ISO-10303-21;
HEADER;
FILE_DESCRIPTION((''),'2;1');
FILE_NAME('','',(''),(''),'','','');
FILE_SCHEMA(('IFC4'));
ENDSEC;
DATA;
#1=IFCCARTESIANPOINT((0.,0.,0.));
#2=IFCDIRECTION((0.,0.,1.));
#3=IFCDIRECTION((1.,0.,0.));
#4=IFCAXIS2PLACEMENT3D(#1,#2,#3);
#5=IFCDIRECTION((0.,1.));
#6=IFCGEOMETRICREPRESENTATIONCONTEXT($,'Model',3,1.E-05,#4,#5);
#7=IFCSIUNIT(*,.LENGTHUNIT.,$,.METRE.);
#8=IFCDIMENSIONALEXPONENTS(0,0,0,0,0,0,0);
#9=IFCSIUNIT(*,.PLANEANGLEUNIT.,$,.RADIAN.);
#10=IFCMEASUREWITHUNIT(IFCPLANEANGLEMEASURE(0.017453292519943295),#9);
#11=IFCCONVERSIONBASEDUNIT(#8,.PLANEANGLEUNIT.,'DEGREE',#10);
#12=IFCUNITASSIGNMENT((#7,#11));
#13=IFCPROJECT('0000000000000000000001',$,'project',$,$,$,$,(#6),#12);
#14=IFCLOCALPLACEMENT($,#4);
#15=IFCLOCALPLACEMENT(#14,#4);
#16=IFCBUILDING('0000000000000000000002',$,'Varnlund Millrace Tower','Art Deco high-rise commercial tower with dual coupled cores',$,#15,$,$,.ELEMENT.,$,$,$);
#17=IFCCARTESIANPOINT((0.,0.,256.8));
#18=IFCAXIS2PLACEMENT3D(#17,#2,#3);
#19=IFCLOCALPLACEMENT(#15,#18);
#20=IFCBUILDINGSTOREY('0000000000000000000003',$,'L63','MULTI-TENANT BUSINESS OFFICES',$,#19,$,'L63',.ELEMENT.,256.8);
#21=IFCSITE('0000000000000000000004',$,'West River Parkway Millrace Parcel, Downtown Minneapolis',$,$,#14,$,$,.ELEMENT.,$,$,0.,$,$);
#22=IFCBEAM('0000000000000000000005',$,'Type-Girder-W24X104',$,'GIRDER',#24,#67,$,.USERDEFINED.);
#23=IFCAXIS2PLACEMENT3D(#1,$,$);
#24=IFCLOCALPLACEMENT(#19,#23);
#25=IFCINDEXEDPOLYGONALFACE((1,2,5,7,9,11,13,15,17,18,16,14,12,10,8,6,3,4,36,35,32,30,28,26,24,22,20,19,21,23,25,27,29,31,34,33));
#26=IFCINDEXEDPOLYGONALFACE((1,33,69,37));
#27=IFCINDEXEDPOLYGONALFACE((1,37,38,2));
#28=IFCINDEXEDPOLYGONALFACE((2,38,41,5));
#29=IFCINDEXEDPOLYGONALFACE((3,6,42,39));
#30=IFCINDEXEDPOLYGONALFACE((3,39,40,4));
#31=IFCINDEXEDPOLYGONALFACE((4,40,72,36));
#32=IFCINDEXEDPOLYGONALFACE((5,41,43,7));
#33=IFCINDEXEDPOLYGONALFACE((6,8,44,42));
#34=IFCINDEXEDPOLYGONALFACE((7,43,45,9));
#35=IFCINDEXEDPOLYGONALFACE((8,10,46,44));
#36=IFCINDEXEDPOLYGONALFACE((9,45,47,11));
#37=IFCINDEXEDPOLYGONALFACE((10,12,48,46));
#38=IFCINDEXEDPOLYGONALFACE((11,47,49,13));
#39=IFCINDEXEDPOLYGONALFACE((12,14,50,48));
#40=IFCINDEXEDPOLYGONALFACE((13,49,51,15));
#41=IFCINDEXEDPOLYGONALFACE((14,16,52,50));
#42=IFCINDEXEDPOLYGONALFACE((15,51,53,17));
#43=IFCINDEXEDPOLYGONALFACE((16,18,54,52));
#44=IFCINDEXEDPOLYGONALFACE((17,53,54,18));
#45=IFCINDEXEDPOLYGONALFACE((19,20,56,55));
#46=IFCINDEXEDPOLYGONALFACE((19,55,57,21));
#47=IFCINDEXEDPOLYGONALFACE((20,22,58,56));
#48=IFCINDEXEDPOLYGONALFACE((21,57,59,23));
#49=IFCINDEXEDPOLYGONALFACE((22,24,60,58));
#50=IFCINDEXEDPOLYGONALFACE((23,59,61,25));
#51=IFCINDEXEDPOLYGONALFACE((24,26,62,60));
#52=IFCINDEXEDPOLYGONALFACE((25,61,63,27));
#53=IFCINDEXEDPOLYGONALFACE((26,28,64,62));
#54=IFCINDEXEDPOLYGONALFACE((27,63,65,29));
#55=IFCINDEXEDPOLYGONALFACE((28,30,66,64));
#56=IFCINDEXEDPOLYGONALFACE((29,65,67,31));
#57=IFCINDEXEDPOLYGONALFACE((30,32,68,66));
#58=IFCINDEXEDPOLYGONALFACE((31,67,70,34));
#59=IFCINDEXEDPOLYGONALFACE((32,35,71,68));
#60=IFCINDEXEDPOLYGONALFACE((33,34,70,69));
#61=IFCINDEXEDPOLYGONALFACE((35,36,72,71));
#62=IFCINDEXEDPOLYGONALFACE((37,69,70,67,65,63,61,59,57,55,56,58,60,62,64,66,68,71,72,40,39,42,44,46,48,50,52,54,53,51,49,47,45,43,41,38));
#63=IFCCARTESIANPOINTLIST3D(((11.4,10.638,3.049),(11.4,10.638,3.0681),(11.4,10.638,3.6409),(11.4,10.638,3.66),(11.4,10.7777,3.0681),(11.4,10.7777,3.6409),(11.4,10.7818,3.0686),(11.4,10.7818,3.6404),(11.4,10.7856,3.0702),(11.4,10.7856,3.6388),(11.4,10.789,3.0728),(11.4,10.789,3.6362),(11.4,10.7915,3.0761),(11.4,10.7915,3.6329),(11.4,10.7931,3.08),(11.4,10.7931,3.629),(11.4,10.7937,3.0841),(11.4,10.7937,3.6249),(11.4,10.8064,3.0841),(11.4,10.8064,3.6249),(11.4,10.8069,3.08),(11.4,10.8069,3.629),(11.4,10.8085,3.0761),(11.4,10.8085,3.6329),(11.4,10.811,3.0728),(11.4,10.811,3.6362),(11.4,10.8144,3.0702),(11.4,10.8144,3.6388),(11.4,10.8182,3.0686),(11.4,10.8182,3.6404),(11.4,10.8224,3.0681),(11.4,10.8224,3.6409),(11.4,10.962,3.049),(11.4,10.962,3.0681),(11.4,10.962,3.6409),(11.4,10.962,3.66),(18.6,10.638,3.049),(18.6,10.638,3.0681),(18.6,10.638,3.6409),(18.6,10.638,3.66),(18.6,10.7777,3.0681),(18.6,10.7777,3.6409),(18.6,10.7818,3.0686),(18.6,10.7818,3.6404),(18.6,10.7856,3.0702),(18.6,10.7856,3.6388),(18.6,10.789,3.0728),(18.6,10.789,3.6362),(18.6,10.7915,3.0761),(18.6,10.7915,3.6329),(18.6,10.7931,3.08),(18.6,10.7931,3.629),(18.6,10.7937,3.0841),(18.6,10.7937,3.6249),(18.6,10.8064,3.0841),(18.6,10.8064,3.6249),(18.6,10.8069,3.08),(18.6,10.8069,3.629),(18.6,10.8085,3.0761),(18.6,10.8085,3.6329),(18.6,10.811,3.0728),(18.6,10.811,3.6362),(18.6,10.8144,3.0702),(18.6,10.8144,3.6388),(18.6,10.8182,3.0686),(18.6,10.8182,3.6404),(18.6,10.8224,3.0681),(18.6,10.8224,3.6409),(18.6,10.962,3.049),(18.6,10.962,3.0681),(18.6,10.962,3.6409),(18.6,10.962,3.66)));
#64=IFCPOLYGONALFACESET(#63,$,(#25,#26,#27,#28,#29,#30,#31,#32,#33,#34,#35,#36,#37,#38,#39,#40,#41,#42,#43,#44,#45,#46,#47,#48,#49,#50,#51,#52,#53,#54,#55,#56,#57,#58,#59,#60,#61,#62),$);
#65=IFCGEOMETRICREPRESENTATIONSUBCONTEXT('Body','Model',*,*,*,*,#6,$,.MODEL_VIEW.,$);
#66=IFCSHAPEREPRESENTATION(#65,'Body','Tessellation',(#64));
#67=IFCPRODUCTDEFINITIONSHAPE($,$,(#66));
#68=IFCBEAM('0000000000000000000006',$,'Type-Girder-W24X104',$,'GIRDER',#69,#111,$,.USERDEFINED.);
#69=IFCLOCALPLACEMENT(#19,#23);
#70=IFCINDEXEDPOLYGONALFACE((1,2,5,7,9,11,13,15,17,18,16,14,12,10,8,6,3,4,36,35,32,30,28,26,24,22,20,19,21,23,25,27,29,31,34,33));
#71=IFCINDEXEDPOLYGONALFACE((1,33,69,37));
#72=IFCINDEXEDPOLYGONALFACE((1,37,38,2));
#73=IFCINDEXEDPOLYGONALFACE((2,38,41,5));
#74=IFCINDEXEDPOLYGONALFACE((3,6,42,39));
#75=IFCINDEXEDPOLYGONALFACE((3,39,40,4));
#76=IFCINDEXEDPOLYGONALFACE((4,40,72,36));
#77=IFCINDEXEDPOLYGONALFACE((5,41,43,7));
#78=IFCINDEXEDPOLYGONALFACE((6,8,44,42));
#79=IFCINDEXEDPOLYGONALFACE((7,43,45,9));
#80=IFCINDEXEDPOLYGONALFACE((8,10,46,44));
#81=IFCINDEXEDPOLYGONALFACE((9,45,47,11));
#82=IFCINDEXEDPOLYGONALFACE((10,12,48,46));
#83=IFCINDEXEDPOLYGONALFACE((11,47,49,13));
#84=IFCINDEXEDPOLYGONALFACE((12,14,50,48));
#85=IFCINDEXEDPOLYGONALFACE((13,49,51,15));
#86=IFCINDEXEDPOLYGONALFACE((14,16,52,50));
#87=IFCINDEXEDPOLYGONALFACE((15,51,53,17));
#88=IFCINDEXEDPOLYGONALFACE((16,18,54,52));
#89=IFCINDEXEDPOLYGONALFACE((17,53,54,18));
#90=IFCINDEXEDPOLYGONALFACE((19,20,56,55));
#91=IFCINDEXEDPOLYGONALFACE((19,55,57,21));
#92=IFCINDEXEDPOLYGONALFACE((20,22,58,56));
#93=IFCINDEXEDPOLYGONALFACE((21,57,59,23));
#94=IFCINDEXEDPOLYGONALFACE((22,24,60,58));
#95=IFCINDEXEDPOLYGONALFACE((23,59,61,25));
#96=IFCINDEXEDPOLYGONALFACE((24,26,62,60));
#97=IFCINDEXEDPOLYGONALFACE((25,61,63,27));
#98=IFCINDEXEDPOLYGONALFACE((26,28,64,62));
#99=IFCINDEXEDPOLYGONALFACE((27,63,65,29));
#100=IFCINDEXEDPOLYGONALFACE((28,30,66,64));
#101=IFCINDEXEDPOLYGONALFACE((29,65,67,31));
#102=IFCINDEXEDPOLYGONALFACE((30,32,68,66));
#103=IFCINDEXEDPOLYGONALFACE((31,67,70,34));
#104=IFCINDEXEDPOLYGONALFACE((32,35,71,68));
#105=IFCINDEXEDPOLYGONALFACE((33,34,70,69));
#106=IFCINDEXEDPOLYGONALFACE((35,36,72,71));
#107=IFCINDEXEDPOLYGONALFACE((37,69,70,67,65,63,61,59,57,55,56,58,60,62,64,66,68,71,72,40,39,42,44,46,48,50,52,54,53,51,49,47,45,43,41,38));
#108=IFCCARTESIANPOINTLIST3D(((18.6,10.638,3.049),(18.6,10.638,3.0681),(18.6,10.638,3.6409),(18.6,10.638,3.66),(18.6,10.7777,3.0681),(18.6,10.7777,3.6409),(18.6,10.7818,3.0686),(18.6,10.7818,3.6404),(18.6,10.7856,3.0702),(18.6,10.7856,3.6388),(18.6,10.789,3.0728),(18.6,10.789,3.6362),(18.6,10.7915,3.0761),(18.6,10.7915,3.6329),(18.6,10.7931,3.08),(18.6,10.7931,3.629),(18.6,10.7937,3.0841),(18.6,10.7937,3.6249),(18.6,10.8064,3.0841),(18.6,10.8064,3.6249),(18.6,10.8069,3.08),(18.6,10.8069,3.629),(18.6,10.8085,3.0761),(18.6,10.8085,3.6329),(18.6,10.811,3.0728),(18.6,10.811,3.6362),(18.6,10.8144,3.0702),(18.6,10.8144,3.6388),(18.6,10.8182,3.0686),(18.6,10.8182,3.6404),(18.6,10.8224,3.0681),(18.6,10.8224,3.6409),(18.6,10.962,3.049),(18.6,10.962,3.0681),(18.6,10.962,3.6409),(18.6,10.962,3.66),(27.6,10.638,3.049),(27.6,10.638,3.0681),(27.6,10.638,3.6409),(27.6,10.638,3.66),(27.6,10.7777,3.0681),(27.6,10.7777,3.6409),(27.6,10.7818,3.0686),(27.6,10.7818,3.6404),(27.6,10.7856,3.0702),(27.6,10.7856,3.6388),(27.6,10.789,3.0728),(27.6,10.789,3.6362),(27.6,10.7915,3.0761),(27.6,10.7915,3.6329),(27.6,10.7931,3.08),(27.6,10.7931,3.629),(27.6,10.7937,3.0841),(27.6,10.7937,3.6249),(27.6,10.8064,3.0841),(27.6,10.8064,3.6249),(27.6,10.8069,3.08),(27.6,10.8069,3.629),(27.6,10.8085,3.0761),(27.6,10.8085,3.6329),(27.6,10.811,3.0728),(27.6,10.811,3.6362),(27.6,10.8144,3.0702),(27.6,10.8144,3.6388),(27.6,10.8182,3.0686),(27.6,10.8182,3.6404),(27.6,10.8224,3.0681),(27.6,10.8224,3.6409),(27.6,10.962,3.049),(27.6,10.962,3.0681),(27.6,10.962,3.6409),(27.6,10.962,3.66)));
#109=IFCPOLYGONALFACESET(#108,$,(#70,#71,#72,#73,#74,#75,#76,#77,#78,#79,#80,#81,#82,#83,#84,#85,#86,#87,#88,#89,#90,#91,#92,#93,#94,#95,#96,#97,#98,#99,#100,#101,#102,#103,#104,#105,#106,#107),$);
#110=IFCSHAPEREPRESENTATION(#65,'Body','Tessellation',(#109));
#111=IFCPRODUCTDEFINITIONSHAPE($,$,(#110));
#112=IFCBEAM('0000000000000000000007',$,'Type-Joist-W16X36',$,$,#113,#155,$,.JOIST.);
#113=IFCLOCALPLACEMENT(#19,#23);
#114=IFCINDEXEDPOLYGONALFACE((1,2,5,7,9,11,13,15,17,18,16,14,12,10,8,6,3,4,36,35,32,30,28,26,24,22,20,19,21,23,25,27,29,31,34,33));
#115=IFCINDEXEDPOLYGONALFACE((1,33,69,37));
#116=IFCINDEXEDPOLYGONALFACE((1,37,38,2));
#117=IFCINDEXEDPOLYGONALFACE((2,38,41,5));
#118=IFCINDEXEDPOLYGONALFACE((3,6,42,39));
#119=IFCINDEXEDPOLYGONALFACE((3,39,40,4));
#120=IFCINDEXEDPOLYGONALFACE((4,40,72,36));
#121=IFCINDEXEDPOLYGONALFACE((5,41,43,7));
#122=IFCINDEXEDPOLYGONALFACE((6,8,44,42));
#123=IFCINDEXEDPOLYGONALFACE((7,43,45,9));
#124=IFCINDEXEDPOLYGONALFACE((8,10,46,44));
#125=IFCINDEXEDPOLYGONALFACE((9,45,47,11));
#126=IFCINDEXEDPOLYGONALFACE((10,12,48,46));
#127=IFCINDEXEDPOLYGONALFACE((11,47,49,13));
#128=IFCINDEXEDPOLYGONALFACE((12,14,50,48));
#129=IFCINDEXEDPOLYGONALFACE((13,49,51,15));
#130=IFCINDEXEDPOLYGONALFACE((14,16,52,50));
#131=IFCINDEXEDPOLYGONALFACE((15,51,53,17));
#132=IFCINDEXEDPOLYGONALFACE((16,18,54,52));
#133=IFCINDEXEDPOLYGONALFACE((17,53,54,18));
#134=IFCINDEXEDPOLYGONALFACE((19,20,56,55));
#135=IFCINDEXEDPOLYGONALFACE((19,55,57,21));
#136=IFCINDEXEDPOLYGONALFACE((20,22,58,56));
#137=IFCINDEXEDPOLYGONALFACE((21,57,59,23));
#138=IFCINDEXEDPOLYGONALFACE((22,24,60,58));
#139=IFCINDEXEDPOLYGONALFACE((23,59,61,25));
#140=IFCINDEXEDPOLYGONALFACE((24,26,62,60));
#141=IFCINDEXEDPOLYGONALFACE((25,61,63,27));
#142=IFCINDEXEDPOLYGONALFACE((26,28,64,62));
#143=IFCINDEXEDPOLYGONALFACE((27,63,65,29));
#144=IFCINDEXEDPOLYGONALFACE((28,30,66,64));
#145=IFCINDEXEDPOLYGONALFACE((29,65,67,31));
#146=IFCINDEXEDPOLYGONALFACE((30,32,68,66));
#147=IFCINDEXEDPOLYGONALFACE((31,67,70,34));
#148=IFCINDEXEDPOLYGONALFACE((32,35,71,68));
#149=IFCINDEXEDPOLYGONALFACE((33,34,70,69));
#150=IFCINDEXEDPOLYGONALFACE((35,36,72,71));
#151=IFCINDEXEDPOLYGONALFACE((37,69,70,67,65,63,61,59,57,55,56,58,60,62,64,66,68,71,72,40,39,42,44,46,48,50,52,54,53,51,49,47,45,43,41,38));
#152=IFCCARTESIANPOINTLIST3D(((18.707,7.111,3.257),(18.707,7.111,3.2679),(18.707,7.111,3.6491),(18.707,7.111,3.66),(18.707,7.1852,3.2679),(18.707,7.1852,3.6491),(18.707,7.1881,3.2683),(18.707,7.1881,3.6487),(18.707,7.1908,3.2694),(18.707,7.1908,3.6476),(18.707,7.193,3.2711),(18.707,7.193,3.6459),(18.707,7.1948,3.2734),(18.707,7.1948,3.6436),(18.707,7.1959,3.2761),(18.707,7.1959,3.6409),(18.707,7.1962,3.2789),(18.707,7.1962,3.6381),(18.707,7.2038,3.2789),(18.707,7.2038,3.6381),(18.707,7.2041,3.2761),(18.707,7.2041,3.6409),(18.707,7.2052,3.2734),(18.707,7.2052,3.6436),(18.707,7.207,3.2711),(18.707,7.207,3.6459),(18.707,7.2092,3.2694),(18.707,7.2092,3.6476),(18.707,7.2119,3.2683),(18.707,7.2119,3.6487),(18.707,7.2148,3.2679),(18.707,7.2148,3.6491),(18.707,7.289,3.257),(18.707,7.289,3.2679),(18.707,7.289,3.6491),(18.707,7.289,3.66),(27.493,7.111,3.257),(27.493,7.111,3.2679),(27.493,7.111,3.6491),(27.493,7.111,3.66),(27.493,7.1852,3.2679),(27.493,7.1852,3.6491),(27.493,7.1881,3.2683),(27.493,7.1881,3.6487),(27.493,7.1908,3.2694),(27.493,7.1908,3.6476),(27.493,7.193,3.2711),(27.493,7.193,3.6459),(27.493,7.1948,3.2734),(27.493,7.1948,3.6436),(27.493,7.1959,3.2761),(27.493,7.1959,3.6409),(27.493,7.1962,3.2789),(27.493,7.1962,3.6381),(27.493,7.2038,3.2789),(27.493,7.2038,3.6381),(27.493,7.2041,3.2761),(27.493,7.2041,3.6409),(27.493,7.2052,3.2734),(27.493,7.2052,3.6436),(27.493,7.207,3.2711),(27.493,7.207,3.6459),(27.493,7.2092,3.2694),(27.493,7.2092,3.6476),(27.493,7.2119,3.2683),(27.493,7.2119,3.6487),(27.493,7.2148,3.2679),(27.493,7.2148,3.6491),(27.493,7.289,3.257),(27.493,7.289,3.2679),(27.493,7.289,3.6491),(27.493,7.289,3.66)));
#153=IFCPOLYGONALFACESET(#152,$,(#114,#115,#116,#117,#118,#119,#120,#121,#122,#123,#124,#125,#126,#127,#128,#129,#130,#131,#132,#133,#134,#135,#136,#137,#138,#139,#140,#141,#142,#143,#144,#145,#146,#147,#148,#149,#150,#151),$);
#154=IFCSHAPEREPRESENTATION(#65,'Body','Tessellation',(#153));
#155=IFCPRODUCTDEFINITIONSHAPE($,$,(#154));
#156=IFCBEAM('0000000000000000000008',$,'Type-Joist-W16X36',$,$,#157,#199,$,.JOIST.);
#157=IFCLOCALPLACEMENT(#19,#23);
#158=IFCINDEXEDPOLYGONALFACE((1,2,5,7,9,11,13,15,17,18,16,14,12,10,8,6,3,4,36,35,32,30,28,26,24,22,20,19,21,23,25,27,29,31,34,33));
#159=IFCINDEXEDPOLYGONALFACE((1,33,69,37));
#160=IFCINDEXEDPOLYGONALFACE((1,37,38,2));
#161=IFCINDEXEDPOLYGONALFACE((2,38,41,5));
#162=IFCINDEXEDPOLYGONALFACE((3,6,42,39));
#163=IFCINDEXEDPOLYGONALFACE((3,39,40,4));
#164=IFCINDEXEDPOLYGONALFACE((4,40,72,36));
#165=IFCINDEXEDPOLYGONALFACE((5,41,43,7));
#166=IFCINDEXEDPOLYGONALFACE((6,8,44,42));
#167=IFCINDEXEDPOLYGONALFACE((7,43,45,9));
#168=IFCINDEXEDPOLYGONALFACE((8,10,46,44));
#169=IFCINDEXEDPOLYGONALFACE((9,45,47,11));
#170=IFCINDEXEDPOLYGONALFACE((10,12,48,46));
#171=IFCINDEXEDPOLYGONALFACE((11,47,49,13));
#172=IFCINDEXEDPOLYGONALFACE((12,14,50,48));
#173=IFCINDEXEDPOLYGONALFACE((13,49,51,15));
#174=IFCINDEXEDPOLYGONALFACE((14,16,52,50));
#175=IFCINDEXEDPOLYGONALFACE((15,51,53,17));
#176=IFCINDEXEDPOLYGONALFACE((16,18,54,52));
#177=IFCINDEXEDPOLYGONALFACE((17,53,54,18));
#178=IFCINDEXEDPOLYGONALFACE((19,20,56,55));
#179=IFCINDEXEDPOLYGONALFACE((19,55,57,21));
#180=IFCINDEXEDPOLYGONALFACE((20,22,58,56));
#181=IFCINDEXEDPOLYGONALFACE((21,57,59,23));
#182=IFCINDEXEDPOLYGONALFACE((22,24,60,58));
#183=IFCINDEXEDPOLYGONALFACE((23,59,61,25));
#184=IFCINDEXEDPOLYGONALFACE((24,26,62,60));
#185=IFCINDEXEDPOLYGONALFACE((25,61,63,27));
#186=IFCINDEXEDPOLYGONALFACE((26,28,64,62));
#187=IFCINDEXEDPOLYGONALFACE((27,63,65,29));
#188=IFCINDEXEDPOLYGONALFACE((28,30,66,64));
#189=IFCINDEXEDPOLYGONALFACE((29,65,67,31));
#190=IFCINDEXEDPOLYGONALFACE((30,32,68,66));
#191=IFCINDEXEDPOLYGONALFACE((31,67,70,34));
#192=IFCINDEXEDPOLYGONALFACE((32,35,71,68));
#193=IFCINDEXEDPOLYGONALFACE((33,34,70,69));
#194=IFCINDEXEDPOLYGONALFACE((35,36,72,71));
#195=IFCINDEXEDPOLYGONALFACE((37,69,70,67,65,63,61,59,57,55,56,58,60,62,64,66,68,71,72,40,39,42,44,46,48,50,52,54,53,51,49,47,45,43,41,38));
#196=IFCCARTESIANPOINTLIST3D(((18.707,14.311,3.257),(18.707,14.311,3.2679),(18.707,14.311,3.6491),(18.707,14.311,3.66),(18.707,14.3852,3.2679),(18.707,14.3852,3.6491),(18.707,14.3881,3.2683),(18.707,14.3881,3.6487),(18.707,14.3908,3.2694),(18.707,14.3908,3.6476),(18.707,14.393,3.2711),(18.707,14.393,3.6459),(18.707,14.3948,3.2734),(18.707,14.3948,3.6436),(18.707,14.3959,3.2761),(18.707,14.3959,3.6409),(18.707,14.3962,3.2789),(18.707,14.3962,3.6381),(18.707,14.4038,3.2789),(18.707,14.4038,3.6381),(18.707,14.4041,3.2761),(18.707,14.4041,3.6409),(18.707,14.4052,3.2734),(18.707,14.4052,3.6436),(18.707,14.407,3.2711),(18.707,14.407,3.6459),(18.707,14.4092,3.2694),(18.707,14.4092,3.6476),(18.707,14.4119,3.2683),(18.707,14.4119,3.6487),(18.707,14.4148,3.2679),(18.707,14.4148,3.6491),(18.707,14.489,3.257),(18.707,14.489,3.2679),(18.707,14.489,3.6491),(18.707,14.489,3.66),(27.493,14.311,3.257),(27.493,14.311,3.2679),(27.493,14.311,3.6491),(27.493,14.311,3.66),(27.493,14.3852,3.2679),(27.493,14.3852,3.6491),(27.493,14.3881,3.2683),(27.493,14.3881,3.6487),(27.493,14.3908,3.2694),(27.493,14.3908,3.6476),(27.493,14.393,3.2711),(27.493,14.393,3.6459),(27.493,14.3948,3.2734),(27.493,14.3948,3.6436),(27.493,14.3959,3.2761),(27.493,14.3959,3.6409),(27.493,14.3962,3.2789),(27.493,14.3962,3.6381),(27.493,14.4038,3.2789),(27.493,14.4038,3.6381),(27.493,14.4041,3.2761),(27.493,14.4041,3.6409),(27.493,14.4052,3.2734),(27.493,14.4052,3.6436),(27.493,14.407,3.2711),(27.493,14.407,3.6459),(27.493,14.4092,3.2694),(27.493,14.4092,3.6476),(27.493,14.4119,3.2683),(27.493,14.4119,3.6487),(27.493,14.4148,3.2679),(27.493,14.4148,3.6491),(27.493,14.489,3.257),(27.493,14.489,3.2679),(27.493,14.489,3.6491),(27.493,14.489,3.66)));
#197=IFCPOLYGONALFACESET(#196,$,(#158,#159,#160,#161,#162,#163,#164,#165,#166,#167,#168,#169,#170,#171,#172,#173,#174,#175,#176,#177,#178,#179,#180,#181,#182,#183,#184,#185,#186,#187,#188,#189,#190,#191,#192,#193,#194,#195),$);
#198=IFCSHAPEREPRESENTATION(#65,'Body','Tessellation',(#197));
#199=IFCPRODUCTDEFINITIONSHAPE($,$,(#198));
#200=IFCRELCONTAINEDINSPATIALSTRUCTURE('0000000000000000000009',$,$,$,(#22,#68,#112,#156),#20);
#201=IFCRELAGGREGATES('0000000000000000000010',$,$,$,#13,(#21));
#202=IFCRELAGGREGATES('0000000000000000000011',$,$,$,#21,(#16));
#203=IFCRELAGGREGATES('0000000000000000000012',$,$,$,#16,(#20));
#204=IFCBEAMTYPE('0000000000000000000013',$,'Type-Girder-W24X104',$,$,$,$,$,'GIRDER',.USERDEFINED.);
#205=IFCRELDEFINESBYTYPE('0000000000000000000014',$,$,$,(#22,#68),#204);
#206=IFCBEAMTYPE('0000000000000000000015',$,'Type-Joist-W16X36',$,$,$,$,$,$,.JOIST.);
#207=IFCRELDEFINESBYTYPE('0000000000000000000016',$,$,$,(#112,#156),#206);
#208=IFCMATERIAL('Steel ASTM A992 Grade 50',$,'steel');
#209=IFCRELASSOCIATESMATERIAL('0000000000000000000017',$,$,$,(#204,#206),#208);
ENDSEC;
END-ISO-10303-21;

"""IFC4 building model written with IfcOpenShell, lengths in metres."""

from ifc_helpers import new_model, entity, si_unit, converted_unit, direction, frame, origin_with_axes, origin_2d_with_axis, place, context, subcontext, project, spatial, i_section, extrude, material, material_profile, profile_set, type_object, element, save


model = new_model("IFC4")

# Units and contexts
model_context = context("Model", 3, precision=1e-05, world=origin_with_axes(), true_north=direction((0.0, 1.0)))
body_context = subcontext(model_context, "Body", "Model", "MODEL_VIEW")
ifc_project = project(units=[si_unit("LENGTHUNIT", "METRE"), converted_unit("PLANEANGLEUNIT", "DEGREE", entity("IfcPlaneAngleMeasure", 0.017453292519943295), si_unit("PLANEANGLEUNIT", "RADIAN"), dimensions=[0, 0, 0, 0, 0, 0, 0])], contexts=[model_context])

# Site, building, storey
site_placement = place(None, origin_with_axes())
site = spatial("IfcSite", under=ifc_project, at=site_placement, Name="West River Parkway Millrace Parcel, Downtown Minneapolis", CompositionType="ELEMENT", RefElevation=0.0)
building_placement = place(site_placement, origin_with_axes())
building = spatial("IfcBuilding", under=site, at=building_placement, Name="Varnlund Millrace Tower", Description="Art Deco high-rise commercial tower with dual coupled cores", CompositionType="ELEMENT")
storey_placement = place(building_placement, frame((0.0, 0.0, 256.8), z_axis=(0.0, 0.0, 1.0), x_axis=(1.0, 0.0, 0.0)))
storey = spatial("IfcBuildingStorey", under=building, at=storey_placement, Name="L63", Description="MULTI-TENANT BUSINESS OFFICES", LongName="L63", CompositionType="ELEMENT", Elevation=256.8)

# Beams
ifc_material_1 = material(Name="Steel ASTM A992 Grade 50", Category="steel")
ifc_material_profile_1 = material_profile(ifc_material_1, i_section(OverallWidth=0.324, OverallDepth=0.611, WebThickness=0.0127, FlangeThickness=0.0191, FilletRadius=0.016, at=origin_2d_with_axis()), Name="Steel ASTM A992 Grade 50")
ifc_profile_set_1 = profile_set([ifc_material_profile_1], Name="Steel ASTM A992 Grade 50")
beam_type_1 = type_object("IfcBeamType", Name="Type-Girder-W24X104", ElementType="GIRDER", PredefinedType="USERDEFINED", material=ifc_profile_set_1)
beam_1_placement = place(storey_placement, frame((11.4, 10.8, 3.3545), z_axis=(1.0, 0.0, 0.0), x_axis=(0.0, 1.0, 0.0)))
element("IfcBeam", 1, at=beam_1_placement, inside=storey, type_object=beam_type_1, Name="Type-Girder-W24X104", ObjectType="GIRDER", PredefinedType="USERDEFINED", context=body_context, shape_type="SweptSolid", body=[
    extrude(i_section(OverallWidth=0.324, OverallDepth=0.611, WebThickness=0.0127, FlangeThickness=0.0191, FilletRadius=0.016, at=origin_2d_with_axis()), origin_with_axes(), (0.0, 0.0, 1.0), 7.2),
])
beam_2_placement = place(storey_placement, frame((18.6, 10.8, 3.3545), z_axis=(1.0, 0.0, 0.0), x_axis=(0.0, 1.0, 0.0)))
element("IfcBeam", 2, at=beam_2_placement, inside=storey, type_object=beam_type_1, Name="Type-Girder-W24X104", ObjectType="GIRDER", PredefinedType="USERDEFINED", context=body_context, shape_type="SweptSolid", body=[
    extrude(i_section(OverallWidth=0.324, OverallDepth=0.611, WebThickness=0.0127, FlangeThickness=0.0191, FilletRadius=0.016, at=origin_2d_with_axis()), origin_with_axes(), (0.0, 0.0, 1.0), 9.0),
])
ifc_material_profile_2 = material_profile(ifc_material_1, i_section(OverallWidth=0.178, OverallDepth=0.403, WebThickness=0.0075, FlangeThickness=0.0109, FilletRadius=0.011, at=origin_2d_with_axis()), Name="Steel ASTM A992 Grade 50")
ifc_profile_set_2 = profile_set([ifc_material_profile_2], Name="Steel ASTM A992 Grade 50")
beam_type_2 = type_object("IfcBeamType", Name="Type-Joist-W16X36", PredefinedType="JOIST", material=ifc_profile_set_2)
for number, where, z_axis, x_axis, name in (
    (3, (18.707, 7.2, 3.4585), (1.0, 0.0, 0.0), (0.0, 1.0, 0.0), "Type-Joist-W16X36"),
    (4, (18.707, 14.4, 3.4585), (1.0, 0.0, 0.0), (0.0, 1.0, 0.0), "Type-Joist-W16X36"),
):
    element("IfcBeam", number, at=place(storey_placement, frame(where, z_axis=z_axis, x_axis=x_axis)), inside=storey, type_object=beam_type_2, Name=name, PredefinedType="JOIST", context=body_context, shape_type="SweptSolid", body=[
        extrude(i_section(OverallWidth=0.178, OverallDepth=0.403, WebThickness=0.0075, FlangeThickness=0.0109, FilletRadius=0.011, at=origin_2d_with_axis()), origin_with_axes(), (0.0, 0.0, 1.0), 8.786),
    ])

save(model, "model.ifc")
